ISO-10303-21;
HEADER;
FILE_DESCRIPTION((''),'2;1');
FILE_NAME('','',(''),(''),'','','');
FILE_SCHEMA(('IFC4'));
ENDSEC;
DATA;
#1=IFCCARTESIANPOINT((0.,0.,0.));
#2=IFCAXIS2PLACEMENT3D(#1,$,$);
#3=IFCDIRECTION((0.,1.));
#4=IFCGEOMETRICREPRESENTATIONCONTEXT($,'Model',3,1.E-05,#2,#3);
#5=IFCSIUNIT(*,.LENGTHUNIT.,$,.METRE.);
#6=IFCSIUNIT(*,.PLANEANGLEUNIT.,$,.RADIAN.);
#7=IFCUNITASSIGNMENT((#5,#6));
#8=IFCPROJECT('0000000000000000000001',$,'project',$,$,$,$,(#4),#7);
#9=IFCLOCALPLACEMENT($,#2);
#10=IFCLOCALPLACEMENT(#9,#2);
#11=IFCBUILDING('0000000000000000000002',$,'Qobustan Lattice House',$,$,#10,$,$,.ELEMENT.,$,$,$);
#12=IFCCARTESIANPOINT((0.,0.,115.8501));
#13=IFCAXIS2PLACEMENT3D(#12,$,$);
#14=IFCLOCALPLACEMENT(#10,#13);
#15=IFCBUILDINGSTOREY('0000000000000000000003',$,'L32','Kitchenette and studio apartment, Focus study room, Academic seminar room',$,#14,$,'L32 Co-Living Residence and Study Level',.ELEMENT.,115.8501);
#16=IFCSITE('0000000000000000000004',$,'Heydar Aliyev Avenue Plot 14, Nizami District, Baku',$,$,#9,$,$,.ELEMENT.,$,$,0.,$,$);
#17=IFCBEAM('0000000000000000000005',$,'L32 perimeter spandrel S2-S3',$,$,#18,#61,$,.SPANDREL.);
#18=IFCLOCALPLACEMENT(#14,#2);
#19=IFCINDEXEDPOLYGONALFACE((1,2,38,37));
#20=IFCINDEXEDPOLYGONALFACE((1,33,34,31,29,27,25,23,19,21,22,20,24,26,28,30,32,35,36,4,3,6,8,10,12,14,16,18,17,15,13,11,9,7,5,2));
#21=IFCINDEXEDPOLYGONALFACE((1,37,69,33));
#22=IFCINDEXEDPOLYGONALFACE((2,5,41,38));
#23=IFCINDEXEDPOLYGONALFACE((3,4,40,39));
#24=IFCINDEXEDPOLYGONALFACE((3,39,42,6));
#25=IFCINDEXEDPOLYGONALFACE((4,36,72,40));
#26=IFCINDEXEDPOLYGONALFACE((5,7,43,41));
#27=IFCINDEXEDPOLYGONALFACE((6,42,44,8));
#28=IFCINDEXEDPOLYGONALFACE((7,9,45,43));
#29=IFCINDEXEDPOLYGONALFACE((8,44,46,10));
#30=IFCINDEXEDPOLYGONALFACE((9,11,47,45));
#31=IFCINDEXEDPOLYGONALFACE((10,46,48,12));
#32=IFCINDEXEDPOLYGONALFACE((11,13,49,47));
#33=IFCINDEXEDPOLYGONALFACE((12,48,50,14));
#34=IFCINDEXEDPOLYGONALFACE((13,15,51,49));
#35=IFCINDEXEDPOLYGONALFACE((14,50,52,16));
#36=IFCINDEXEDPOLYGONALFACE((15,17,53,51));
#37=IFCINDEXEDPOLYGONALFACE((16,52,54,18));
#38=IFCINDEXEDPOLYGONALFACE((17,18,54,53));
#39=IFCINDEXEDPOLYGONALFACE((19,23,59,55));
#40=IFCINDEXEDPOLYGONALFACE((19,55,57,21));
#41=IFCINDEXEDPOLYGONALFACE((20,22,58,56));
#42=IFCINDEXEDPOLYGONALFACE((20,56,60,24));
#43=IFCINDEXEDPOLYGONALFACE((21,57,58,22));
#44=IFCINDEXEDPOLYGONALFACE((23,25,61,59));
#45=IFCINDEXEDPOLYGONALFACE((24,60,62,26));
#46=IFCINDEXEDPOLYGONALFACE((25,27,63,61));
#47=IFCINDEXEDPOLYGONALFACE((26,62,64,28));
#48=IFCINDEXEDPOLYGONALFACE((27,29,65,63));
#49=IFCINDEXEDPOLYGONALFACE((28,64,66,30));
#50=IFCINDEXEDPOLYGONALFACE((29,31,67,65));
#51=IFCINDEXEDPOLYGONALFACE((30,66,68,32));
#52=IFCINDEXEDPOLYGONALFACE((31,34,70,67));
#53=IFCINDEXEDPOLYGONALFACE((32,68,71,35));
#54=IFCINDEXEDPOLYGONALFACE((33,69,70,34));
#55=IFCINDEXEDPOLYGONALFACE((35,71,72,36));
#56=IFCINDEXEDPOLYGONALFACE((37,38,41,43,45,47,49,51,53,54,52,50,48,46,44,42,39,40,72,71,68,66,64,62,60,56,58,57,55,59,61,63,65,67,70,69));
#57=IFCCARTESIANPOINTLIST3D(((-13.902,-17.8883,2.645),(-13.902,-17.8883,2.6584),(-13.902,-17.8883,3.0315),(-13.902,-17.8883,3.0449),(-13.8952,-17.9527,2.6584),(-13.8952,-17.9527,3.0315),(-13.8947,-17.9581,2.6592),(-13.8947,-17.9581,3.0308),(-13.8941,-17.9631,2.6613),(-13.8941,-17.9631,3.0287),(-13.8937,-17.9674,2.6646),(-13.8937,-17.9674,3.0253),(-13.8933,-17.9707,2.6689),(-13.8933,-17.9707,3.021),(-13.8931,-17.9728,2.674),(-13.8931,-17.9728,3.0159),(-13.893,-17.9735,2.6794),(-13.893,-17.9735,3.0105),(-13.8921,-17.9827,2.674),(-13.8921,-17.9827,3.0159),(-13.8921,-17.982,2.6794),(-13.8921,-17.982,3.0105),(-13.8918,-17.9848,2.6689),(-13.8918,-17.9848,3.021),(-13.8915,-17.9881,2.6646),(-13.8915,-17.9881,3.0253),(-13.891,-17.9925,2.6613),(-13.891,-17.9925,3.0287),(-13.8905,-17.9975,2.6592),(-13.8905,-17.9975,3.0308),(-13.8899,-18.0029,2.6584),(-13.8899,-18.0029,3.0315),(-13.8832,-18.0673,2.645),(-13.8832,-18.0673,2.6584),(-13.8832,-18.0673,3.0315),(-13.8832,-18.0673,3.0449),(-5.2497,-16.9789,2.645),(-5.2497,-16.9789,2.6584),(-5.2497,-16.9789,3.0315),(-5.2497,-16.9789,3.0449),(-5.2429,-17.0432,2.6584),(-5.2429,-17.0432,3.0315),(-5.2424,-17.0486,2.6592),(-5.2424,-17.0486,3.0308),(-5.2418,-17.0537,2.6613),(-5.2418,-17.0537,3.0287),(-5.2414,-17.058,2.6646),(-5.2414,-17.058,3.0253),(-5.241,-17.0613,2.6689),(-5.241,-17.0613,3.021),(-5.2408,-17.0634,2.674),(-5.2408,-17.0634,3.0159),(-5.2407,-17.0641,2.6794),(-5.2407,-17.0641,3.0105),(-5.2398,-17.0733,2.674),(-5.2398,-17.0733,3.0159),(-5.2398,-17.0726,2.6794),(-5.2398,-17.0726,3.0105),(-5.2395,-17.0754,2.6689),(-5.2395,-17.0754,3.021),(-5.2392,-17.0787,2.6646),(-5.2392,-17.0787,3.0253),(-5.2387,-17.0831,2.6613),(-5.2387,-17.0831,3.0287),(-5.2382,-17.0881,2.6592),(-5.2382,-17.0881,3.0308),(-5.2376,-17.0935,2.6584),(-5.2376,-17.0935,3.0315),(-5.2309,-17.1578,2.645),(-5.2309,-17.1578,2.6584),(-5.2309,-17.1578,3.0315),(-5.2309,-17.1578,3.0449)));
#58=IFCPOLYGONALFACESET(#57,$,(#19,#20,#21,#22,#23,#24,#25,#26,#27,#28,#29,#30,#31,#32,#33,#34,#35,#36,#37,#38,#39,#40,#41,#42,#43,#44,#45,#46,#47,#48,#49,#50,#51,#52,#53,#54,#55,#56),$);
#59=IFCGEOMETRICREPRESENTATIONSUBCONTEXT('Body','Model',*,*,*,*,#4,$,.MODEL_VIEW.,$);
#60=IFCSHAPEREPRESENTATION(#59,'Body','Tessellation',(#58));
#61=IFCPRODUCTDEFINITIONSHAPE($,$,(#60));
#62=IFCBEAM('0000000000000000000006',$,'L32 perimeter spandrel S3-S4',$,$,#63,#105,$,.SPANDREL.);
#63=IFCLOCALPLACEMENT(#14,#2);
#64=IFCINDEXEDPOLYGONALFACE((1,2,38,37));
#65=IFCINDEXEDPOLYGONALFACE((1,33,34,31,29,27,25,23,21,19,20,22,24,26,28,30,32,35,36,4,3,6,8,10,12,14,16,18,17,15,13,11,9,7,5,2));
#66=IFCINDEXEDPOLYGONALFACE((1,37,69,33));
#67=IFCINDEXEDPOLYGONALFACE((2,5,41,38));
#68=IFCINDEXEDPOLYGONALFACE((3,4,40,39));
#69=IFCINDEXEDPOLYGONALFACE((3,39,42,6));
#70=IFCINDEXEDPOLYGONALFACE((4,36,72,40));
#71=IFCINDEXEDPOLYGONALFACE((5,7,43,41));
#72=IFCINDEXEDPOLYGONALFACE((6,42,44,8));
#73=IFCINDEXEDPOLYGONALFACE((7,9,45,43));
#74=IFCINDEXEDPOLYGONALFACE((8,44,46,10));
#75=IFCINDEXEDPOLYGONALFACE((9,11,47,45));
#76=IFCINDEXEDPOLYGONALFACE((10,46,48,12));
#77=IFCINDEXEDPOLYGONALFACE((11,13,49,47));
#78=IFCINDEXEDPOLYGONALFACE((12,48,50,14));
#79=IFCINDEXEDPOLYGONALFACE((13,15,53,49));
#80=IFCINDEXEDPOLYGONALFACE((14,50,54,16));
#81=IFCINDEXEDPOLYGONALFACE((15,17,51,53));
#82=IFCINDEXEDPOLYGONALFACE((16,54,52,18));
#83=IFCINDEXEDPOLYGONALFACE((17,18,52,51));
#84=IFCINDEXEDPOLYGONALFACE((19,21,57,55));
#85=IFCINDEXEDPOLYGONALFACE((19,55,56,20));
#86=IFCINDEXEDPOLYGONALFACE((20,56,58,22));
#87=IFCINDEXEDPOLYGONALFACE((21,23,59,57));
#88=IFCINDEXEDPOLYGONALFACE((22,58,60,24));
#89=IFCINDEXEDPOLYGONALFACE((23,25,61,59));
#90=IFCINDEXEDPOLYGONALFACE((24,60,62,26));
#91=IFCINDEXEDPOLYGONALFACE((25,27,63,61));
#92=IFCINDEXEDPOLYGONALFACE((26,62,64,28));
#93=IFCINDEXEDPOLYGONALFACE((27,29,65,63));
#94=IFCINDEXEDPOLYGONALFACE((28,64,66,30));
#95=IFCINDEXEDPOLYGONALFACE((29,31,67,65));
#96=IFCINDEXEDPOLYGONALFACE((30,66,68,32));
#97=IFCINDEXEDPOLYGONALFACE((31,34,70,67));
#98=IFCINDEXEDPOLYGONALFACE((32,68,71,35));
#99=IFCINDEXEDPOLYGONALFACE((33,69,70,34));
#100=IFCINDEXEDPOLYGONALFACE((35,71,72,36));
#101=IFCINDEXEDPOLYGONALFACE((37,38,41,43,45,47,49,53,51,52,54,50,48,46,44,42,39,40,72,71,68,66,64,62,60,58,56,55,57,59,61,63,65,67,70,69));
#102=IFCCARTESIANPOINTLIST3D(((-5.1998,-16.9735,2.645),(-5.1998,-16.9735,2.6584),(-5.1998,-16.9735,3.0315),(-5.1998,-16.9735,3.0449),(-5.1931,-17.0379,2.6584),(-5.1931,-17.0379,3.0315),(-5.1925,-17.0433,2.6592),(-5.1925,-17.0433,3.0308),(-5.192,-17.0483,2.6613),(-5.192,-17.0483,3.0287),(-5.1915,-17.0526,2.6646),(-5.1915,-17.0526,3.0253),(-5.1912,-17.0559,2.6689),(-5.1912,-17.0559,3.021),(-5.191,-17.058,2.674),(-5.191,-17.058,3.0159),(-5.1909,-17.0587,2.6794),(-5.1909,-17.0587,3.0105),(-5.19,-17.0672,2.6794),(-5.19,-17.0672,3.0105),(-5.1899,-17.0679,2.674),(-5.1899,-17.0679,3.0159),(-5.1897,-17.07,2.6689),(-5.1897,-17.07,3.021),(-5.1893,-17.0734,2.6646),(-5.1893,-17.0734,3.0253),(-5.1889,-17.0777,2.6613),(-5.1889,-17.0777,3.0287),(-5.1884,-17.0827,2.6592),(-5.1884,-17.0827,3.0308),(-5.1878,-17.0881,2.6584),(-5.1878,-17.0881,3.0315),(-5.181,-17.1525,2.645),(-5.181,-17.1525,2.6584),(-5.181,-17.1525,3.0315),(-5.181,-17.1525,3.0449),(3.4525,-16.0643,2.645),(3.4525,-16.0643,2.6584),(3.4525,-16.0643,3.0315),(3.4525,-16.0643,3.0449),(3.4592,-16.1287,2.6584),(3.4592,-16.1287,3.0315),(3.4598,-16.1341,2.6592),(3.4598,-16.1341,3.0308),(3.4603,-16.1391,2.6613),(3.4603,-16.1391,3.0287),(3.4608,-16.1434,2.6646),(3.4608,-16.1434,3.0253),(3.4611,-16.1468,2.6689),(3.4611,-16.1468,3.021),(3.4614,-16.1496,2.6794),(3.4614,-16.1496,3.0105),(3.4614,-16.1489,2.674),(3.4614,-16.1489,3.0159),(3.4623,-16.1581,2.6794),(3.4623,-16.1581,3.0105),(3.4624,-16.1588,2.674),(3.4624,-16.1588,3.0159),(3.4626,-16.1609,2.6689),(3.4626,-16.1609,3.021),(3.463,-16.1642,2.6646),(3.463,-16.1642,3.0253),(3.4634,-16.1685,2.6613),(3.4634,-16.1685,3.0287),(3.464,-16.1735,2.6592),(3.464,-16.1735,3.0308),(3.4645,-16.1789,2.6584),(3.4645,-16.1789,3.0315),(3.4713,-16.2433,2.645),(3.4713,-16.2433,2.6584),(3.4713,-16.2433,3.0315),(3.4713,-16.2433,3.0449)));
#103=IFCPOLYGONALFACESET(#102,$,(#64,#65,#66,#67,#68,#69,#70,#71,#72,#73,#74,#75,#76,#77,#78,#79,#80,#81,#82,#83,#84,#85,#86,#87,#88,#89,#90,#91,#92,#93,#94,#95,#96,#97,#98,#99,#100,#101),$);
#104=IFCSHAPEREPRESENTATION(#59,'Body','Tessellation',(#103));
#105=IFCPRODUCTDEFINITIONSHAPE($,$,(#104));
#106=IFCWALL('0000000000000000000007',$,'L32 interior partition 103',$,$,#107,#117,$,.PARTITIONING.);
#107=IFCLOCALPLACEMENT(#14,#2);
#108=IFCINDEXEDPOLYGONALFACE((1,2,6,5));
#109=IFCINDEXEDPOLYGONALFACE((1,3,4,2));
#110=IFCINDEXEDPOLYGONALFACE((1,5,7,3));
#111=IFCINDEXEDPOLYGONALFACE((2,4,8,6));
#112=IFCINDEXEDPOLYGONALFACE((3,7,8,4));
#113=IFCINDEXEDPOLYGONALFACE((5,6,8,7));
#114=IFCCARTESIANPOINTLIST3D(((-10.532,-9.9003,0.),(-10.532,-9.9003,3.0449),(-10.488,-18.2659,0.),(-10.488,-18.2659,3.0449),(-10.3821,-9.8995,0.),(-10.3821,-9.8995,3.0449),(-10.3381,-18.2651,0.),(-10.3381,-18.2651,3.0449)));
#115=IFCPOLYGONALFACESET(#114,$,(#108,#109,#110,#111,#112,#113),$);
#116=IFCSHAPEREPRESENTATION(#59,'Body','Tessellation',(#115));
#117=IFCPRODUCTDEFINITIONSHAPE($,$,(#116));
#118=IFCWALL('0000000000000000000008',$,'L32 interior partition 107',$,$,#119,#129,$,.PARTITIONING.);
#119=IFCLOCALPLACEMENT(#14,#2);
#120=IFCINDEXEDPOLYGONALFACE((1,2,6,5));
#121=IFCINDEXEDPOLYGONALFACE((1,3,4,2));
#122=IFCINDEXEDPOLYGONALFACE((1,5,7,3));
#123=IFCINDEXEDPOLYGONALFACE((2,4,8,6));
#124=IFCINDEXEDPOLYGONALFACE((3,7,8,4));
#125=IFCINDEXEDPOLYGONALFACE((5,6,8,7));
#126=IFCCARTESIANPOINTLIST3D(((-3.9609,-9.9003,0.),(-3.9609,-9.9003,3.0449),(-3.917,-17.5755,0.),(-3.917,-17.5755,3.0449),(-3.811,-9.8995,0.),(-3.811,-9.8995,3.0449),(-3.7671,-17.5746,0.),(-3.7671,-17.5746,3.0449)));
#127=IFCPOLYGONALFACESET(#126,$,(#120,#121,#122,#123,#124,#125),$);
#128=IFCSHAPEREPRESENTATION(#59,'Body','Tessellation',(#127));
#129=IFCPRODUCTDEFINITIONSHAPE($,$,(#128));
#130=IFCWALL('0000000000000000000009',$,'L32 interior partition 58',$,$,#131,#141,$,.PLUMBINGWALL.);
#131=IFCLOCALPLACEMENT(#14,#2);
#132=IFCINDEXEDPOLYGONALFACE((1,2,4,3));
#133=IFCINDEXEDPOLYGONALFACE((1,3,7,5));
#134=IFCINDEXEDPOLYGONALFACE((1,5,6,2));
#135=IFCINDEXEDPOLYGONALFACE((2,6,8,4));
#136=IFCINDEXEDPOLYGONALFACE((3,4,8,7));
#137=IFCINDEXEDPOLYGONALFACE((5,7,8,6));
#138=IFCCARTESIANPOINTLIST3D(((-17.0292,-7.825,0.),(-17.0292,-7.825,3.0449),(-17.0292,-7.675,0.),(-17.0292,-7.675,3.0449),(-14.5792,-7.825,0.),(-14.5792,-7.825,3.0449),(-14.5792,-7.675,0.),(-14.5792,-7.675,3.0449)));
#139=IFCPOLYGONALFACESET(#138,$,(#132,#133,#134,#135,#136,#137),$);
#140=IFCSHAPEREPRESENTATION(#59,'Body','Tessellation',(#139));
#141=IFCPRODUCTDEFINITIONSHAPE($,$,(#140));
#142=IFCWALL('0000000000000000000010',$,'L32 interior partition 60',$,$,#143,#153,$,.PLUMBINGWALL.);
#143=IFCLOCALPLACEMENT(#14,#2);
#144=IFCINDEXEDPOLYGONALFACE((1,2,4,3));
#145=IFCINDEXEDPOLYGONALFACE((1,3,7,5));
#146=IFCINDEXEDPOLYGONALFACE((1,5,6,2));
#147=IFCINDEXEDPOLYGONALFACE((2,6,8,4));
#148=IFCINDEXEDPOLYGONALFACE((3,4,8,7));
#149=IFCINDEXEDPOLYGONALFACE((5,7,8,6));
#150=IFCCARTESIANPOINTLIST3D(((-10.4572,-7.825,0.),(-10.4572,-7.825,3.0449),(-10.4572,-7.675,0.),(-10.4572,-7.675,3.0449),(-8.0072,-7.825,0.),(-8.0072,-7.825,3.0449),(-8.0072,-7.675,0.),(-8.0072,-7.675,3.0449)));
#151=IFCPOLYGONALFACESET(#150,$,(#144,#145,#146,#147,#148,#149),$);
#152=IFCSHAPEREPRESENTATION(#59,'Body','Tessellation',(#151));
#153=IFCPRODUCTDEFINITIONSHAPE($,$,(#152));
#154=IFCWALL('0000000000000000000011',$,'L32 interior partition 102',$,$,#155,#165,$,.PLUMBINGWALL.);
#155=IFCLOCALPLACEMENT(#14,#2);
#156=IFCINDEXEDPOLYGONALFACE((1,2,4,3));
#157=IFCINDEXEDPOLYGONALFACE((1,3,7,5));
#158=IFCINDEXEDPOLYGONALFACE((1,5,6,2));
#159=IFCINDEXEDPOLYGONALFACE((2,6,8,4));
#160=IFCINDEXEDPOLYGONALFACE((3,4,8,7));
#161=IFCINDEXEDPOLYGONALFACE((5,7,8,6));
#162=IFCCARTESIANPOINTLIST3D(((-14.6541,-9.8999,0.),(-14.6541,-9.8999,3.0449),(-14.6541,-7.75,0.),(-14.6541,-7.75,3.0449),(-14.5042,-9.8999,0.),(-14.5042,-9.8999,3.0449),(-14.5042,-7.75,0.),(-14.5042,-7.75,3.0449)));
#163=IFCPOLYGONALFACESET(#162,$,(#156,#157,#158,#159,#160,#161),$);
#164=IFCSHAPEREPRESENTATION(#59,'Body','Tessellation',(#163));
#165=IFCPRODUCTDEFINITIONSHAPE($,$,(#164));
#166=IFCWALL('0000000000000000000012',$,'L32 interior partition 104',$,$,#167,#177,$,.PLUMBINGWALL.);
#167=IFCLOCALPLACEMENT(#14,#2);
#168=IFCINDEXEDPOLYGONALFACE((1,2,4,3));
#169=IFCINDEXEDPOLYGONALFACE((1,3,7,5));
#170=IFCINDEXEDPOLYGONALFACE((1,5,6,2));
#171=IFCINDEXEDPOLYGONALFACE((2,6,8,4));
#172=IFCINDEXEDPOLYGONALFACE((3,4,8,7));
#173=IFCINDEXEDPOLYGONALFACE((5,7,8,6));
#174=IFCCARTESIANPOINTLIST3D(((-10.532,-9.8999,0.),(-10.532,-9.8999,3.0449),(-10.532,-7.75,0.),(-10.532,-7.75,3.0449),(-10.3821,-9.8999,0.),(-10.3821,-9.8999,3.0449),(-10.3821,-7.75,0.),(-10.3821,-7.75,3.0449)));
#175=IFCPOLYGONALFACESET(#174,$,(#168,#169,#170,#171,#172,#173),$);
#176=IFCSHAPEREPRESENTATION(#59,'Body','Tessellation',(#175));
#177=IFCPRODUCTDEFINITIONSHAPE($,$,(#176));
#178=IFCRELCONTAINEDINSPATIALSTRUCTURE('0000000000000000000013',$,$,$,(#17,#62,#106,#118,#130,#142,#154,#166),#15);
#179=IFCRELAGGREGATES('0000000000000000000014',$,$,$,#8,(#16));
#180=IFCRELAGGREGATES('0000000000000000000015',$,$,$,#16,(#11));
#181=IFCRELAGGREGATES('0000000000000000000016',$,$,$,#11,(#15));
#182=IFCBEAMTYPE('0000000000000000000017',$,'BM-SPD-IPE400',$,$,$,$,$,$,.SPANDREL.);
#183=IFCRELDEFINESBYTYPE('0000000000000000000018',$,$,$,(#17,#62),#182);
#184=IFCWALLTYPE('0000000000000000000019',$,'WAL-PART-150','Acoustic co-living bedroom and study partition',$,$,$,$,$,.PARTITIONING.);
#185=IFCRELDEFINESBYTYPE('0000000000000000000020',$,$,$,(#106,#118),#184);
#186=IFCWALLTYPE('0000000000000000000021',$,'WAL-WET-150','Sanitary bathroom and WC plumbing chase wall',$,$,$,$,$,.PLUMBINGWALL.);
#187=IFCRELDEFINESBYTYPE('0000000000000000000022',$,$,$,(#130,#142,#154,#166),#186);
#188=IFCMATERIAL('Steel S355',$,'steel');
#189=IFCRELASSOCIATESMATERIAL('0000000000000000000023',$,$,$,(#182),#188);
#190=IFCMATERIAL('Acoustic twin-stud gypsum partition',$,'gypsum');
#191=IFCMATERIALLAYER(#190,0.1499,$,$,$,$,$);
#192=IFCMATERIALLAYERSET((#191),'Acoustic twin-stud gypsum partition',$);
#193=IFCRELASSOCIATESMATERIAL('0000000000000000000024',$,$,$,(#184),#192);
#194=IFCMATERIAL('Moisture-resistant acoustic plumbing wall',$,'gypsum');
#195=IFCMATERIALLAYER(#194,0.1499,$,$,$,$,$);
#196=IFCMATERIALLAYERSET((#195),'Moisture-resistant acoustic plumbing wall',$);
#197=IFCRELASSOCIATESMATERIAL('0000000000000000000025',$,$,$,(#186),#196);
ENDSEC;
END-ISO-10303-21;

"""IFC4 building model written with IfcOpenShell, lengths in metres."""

from ifc_helpers import new_model, si_unit, direction, frame, frame_2d, origin, origin_2d, place, context, subcontext, project, spatial, rectangle, i_section, extrude, material, layer, layer_set, material_profile, profile_set, type_object, element, save


model = new_model("IFC4")

# Units and contexts
model_context = context("Model", 3, precision=1e-05, world=origin(), true_north=direction((0.0, 1.0)))
body_context = subcontext(model_context, "Body", "Model", "MODEL_VIEW")
ifc_project = project(units=[si_unit("LENGTHUNIT", "METRE"), si_unit("PLANEANGLEUNIT", "RADIAN")], contexts=[model_context])

# Site, building, storey
site_placement = place(None, origin())
site = spatial("IfcSite", under=ifc_project, at=site_placement, Name="Heydar Aliyev Avenue Plot 14, Nizami District, Baku", CompositionType="ELEMENT", RefElevation=0.0)
building_placement = place(site_placement, origin())
building = spatial("IfcBuilding", under=site, at=building_placement, Name="Qobustan Lattice House", CompositionType="ELEMENT")
storey_placement = place(building_placement, frame((0.0, 0.0, 115.8501)))
storey = spatial("IfcBuildingStorey", under=building, at=storey_placement, Name="L32", Description="Kitchenette and studio apartment, Focus study room, Academic seminar room", LongName="L32 Co-Living Residence and Study Level", CompositionType="ELEMENT", Elevation=115.8501)

# Beams
ifc_material_1 = material(Name="Steel S355", Category="steel")
ifc_material_profile_1 = material_profile(ifc_material_1, i_section(OverallWidth=0.1799, OverallDepth=0.3999, WebThickness=0.0085, FlangeThickness=0.0134, FilletRadius=0.021, at=origin_2d()), Name="IPE400")
ifc_profile_set_1 = profile_set([ifc_material_profile_1], Name="Steel S355")
beam_type_1 = type_object("IfcBeamType", Name="BM-SPD-IPE400", PredefinedType="SPANDREL", material=ifc_profile_set_1)
for number, where, z_axis, x_axis, name in (
    (1, (-13.8926, -17.9778, 2.845), (0.994522, 0.104531, 0.0), (-0.104531, 0.994522, 0.0), "L32 perimeter spandrel S2-S3"),
    (2, (-5.1904, -17.063, 2.845), (0.994525, 0.104504, 0.0), (-0.104504, 0.994525, 0.0), "L32 perimeter spandrel S3-S4"),
):
    element("IfcBeam", number, at=place(storey_placement, frame(where, z_axis=z_axis, x_axis=x_axis)), inside=storey, type_object=beam_type_1, Name=name, PredefinedType="SPANDREL", context=body_context, shape_type="SweptSolid", body=[
        extrude(i_section(OverallWidth=0.1799, OverallDepth=0.3999, WebThickness=0.0085, FlangeThickness=0.0134, FilletRadius=0.021, at=origin_2d()), origin(), (0.0, 0.0, 1.0), 8.7),
    ])

# Walls
ifc_material_2 = material(Name="Acoustic twin-stud gypsum partition", Category="gypsum")
ifc_layer_1 = layer(ifc_material_2, 0.1499)
ifc_layer_set_1 = layer_set([ifc_layer_1], Name="Acoustic twin-stud gypsum partition")
wall_type_1 = type_object("IfcWallType", Name="WAL-PART-150", Description="Acoustic co-living bedroom and study partition", PredefinedType="PARTITIONING", material=ifc_layer_set_1)
wall_1_placement = place(storey_placement, frame((-10.457, -9.8999, 0.0), z_axis=(0.0, 0.0, 1.0), x_axis=(0.005253, -0.999986, 0.0)))
element("IfcWall", 3, at=wall_1_placement, inside=storey, type_object=wall_type_1, Name="L32 interior partition 103", PredefinedType="PARTITIONING", context=body_context, shape_type="SweptSolid", body=[
    extrude(rectangle(XDim=8.3657, YDim=0.1499, at=frame_2d((4.1829, 0.0))), origin(), (0.0, 0.0, 1.0), 3.0449),
])
wall_2_placement = place(storey_placement, frame((-3.886, -9.8999, 0.0), z_axis=(0.0, 0.0, 1.0), x_axis=(0.005726, -0.999984, 0.0)))
element("IfcWall", 4, at=wall_2_placement, inside=storey, type_object=wall_type_1, Name="L32 interior partition 107", PredefinedType="PARTITIONING", context=body_context, shape_type="SweptSolid", body=[
    extrude(rectangle(XDim=7.6753, YDim=0.1499, at=frame_2d((3.8376, 0.0))), origin(), (0.0, 0.0, 1.0), 3.0449),
])
ifc_material_3 = material(Name="Moisture-resistant acoustic plumbing wall", Category="gypsum")
ifc_layer_2 = layer(ifc_material_3, 0.1499)
ifc_layer_set_2 = layer_set([ifc_layer_2], Name="Moisture-resistant acoustic plumbing wall")
wall_type_2 = type_object("IfcWallType", Name="WAL-WET-150", Description="Sanitary bathroom and WC plumbing chase wall", PredefinedType="PLUMBINGWALL", material=ifc_layer_set_2)
for number, where, z_axis, x_axis, name in (
    (5, (-14.5791, -7.75, 0.0), (0.0, 0.0, 1.0), (-1.0, 0.0, 0.0), "L32 interior partition 58"),
    (6, (-8.0071, -7.75, 0.0), (0.0, 0.0, 1.0), (-1.0, 0.0, 0.0), "L32 interior partition 60"),
):
    element("IfcWall", number, at=place(storey_placement, frame(where, z_axis=z_axis, x_axis=x_axis)), inside=storey, type_object=wall_type_2, Name=name, PredefinedType="PLUMBINGWALL", context=body_context, shape_type="SweptSolid", body=[
        extrude(rectangle(XDim=2.45, YDim=0.1499, at=frame_2d((1.2251, 0.0))), origin(), (0.0, 0.0, 1.0), 3.0449),
    ])
for number, where, z_axis, x_axis, name in (
    (7, (-14.5791, -9.8999, 0.0), (0.0, 0.0, 1.0), (0.0, 1.0, 0.0), "L32 interior partition 102"),
    (8, (-10.457, -7.75, 0.0), (0.0, 0.0, 1.0), (0.0, -1.0, 0.0), "L32 interior partition 104"),
):
    element("IfcWall", number, at=place(storey_placement, frame(where, z_axis=z_axis, x_axis=x_axis)), inside=storey, type_object=wall_type_2, Name=name, PredefinedType="PLUMBINGWALL", context=body_context, shape_type="SweptSolid", body=[
        extrude(rectangle(XDim=2.1499, YDim=0.1499, at=frame_2d((1.075, 0.0))), origin(), (0.0, 0.0, 1.0), 3.0449),
    ])

save(model, "model.ifc")
